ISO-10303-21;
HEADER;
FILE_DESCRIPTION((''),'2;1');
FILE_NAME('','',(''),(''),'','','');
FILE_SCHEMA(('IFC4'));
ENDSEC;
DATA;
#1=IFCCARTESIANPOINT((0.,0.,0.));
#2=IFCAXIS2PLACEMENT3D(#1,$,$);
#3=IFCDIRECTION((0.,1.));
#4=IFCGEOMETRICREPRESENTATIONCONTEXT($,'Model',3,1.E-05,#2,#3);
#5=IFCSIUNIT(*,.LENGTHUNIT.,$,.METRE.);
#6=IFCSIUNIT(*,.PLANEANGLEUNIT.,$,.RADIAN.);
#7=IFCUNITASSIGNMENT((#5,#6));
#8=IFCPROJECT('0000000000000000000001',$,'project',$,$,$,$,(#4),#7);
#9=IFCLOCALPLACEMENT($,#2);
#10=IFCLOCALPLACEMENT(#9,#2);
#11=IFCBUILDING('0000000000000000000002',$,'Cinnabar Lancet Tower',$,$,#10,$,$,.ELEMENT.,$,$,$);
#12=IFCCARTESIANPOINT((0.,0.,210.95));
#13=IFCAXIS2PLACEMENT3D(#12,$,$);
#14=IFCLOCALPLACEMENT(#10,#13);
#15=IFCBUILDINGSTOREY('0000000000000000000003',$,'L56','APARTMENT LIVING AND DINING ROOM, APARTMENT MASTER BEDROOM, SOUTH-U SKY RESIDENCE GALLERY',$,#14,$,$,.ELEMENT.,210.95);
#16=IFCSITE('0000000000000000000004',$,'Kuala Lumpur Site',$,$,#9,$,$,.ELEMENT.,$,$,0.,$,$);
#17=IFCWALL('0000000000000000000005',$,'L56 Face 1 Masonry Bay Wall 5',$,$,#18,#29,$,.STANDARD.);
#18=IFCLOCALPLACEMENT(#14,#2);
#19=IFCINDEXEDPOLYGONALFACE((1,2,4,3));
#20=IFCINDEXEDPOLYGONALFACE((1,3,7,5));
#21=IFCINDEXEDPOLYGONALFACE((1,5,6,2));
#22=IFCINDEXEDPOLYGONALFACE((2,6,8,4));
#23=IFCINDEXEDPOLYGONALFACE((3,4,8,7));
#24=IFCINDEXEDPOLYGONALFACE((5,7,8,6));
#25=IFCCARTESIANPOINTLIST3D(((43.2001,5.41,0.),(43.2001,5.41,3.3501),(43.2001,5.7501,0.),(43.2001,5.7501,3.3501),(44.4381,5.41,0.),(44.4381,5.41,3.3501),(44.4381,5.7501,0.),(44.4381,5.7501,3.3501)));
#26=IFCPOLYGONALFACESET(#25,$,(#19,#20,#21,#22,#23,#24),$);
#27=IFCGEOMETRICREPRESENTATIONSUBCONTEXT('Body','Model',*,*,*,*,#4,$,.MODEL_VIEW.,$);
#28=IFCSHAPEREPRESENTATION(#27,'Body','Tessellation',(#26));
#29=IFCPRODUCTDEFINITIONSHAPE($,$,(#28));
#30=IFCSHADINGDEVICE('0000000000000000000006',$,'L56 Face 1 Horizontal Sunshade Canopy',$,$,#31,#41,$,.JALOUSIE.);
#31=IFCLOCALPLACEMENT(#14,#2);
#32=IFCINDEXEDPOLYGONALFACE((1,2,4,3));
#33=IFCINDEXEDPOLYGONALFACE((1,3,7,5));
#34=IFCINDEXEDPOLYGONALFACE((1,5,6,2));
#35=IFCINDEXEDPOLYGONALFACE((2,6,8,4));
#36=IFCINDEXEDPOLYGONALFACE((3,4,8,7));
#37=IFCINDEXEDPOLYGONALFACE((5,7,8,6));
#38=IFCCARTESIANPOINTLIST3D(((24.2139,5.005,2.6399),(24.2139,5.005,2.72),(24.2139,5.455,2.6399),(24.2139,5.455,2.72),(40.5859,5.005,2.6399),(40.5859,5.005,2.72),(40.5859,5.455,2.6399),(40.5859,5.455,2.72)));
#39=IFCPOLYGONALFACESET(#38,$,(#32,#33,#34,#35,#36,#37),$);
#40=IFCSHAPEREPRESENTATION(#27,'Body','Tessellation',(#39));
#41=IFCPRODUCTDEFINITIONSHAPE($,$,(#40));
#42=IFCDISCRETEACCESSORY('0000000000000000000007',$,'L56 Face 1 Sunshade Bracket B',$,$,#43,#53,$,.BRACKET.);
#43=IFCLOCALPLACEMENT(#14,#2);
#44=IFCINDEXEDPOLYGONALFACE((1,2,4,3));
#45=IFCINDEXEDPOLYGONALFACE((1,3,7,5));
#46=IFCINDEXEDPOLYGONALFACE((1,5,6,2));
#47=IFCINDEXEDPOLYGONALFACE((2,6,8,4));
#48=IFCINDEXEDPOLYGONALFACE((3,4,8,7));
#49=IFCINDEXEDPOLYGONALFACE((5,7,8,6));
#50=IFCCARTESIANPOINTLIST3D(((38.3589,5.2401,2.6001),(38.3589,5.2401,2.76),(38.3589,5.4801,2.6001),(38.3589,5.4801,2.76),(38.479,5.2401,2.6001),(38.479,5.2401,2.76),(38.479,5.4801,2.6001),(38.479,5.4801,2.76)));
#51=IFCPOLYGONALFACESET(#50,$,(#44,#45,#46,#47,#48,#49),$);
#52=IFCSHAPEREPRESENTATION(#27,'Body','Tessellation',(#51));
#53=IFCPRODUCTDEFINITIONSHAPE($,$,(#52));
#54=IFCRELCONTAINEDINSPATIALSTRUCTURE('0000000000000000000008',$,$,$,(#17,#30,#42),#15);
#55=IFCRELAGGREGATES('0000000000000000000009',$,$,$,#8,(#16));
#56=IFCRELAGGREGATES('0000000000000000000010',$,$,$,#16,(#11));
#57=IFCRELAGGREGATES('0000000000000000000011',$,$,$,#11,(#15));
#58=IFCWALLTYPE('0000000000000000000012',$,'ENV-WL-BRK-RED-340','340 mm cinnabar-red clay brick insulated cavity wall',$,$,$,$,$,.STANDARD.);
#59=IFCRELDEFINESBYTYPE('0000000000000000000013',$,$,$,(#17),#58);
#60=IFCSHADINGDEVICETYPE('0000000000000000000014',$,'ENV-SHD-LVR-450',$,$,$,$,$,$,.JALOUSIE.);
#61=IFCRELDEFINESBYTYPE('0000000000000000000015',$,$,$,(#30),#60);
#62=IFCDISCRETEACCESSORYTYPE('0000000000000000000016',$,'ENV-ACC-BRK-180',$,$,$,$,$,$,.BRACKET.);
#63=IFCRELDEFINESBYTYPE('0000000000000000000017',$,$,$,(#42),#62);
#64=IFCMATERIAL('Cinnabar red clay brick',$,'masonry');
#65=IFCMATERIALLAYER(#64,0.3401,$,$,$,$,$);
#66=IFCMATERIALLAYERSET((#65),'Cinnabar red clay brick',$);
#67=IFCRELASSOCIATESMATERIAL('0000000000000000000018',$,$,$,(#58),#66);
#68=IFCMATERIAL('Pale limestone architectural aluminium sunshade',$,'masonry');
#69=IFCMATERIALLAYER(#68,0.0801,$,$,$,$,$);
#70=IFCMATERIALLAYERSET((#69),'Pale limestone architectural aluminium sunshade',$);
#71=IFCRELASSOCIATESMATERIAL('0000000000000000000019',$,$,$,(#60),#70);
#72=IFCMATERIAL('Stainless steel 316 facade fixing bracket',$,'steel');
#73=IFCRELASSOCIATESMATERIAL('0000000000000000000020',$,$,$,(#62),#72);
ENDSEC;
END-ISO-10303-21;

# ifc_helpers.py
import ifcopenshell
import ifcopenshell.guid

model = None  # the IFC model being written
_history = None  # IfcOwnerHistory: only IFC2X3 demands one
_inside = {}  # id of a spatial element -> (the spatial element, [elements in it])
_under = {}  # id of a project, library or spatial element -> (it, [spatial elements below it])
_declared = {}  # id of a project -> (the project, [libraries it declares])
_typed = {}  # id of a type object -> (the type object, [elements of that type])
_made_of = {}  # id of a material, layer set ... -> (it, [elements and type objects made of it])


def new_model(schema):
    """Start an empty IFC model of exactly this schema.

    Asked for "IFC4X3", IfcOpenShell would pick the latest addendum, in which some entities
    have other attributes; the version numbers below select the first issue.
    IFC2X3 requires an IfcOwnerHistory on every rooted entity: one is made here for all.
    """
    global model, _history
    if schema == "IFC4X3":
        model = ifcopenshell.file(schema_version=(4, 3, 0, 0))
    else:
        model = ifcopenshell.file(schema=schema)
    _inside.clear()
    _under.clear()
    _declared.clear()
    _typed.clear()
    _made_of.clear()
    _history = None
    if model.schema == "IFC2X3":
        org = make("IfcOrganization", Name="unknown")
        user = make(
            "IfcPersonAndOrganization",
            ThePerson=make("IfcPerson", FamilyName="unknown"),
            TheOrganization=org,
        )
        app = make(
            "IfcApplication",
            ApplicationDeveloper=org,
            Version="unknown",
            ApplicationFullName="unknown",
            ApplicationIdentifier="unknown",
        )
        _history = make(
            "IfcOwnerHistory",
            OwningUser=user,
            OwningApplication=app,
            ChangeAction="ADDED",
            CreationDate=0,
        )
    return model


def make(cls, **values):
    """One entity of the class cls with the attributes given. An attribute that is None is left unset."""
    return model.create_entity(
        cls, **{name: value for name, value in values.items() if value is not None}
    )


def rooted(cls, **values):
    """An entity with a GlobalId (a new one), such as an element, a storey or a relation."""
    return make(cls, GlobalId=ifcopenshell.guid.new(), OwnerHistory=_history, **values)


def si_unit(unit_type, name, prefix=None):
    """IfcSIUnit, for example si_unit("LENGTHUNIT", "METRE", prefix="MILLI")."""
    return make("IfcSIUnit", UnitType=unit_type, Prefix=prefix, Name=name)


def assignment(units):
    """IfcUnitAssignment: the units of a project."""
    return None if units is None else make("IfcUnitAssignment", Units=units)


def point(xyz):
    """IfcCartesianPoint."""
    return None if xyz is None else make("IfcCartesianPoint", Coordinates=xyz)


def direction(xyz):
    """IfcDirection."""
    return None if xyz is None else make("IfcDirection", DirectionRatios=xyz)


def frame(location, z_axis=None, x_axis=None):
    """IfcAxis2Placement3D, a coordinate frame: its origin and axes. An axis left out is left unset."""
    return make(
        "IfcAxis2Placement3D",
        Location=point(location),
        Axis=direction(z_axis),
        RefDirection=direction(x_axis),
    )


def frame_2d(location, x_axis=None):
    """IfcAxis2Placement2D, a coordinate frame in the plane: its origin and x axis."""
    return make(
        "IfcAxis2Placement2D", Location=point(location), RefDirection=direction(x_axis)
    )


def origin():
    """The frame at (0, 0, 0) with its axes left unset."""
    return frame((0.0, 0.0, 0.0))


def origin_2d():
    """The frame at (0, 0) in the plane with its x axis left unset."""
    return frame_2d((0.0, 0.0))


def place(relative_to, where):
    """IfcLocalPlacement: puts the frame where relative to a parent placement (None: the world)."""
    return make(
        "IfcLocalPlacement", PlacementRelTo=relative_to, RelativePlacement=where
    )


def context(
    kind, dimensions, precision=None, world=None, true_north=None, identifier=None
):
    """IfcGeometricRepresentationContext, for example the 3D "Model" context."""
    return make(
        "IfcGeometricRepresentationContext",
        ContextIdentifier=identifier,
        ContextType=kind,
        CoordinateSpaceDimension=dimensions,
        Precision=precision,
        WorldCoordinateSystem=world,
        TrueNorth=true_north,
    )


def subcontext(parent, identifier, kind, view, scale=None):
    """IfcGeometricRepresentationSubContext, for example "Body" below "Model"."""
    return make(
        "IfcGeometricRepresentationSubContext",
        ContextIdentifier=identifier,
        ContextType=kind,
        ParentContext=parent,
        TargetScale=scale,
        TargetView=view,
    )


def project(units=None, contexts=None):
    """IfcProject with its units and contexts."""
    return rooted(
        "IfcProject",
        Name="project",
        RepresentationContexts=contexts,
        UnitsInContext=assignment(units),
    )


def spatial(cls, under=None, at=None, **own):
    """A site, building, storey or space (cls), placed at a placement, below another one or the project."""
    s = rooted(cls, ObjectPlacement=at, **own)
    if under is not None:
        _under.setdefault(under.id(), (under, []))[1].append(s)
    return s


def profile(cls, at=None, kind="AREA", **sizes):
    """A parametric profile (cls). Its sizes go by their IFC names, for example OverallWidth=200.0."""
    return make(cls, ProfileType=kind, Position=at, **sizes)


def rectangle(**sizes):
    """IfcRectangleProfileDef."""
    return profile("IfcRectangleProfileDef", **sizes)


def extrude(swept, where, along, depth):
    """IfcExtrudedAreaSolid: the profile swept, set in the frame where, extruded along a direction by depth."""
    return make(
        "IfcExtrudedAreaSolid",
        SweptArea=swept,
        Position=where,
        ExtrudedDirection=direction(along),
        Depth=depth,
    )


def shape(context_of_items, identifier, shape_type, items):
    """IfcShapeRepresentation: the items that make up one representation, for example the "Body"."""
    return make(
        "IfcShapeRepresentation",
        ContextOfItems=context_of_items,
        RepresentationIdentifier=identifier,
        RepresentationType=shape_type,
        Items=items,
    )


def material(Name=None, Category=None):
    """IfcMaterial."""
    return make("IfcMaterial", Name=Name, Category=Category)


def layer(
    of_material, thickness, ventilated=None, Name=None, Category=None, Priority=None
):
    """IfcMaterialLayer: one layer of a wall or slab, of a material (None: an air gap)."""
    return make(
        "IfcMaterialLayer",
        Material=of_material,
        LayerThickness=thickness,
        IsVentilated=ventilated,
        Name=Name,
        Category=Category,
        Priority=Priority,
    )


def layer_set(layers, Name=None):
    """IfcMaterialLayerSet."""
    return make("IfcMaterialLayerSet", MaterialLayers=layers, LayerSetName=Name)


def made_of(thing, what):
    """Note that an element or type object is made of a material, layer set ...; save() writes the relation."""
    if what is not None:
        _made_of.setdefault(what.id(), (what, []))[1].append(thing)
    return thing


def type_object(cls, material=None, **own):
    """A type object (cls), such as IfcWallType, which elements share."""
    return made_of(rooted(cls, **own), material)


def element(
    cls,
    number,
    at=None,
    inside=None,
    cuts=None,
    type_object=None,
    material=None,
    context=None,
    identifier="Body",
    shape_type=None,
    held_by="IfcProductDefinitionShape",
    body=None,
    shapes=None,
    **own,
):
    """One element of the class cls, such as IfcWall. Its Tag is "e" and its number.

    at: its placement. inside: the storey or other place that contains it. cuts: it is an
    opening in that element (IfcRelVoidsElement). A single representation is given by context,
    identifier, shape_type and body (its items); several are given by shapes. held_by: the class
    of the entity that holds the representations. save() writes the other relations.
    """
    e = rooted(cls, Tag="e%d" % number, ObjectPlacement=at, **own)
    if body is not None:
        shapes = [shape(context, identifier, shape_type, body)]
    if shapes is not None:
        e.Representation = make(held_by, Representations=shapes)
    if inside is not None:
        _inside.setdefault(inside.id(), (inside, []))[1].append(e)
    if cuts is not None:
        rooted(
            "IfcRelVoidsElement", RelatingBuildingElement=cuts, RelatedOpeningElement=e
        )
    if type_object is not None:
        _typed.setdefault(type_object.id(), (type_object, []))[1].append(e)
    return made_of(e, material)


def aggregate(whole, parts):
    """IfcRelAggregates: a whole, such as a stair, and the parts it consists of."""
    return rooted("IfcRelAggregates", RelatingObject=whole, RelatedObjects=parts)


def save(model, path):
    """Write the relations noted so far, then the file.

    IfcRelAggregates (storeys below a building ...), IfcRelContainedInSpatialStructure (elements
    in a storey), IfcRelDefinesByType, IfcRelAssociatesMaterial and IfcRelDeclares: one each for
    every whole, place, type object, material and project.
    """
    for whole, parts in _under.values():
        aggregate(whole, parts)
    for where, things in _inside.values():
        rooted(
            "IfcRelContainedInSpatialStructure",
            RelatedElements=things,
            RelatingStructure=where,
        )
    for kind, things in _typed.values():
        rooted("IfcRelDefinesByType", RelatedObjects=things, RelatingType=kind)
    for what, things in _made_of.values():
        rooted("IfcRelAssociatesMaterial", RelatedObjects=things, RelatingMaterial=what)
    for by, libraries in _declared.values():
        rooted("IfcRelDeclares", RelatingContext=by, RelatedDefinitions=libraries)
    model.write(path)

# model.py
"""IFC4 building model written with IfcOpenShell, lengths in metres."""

from ifc_helpers import new_model, si_unit, direction, frame, frame_2d, origin, origin_2d, place, context, subcontext, project, spatial, rectangle, extrude, material, layer, layer_set, type_object, element, save


model = new_model("IFC4")

# Units and contexts
model_context = context("Model", 3, precision=1e-05, world=origin(), true_north=direction((0.0, 1.0)))
body_context = subcontext(model_context, "Body", "Model", "MODEL_VIEW")
ifc_project = project(units=[si_unit("LENGTHUNIT", "METRE"), si_unit("PLANEANGLEUNIT", "RADIAN")], contexts=[model_context])

# Site, building, storey
site_placement = place(None, origin())
site = spatial("IfcSite", under=ifc_project, at=site_placement, Name="Kuala Lumpur Site", CompositionType="ELEMENT", RefElevation=0.0)
building_placement = place(site_placement, origin())
building = spatial("IfcBuilding", under=site, at=building_placement, Name="Cinnabar Lancet Tower", CompositionType="ELEMENT")
storey_placement = place(building_placement, frame((0.0, 0.0, 210.95)))
storey = spatial("IfcBuildingStorey", under=building, at=storey_placement, Name="L56", Description="APARTMENT LIVING AND DINING ROOM, APARTMENT MASTER BEDROOM, SOUTH-U SKY RESIDENCE GALLERY", CompositionType="ELEMENT", Elevation=210.95)

# Shared definitions
ifc_material_1 = material(Name="Cinnabar red clay brick", Category="masonry")
ifc_layer_1 = layer(ifc_material_1, 0.3401)
ifc_layer_set_1 = layer_set([ifc_layer_1], Name="Cinnabar red clay brick")
wall_type_1 = type_object("IfcWallType", Name="ENV-WL-BRK-RED-340", Description="340 mm cinnabar-red clay brick insulated cavity wall", PredefinedType="STANDARD", material=ifc_layer_set_1)

# Wall
wall_1_placement = place(storey_placement, frame((43.2, 5.5801, 0.0), z_axis=(0.0, 0.0, 1.0), x_axis=(1.0, 0.0, 0.0)))
element("IfcWall", 1, at=wall_1_placement, inside=storey, type_object=wall_type_1, Name="L56 Face 1 Masonry Bay Wall 5", PredefinedType="STANDARD", context=body_context, shape_type="SweptSolid", body=[
    extrude(rectangle(XDim=1.238, YDim=0.3401, at=frame_2d((0.6191, 0.0))), origin(), (0.0, 0.0, 1.0), 3.3501),
])

# Shading device
ifc_material_2 = material(Name="Pale limestone architectural aluminium sunshade", Category="masonry")
ifc_layer_2 = layer(ifc_material_2, 0.0801)
ifc_layer_set_2 = layer_set([ifc_layer_2], Name="Pale limestone architectural aluminium sunshade")
shading_device_type = type_object("IfcShadingDeviceType", Name="ENV-SHD-LVR-450", PredefinedType="JALOUSIE", material=ifc_layer_set_2)
shading_device_placement = place(storey_placement, frame((32.3999, 5.23, 2.6399), z_axis=(0.0, 0.0, 1.0), x_axis=(1.0, 0.0, 0.0)))
element("IfcShadingDevice", 2, at=shading_device_placement, inside=storey, type_object=shading_device_type, Name="L56 Face 1 Horizontal Sunshade Canopy", PredefinedType="JALOUSIE", context=body_context, shape_type="SweptSolid", body=[
    extrude(rectangle(XDim=16.3721, YDim=0.45, at=origin_2d()), origin(), (0.0, 0.0, 1.0), 0.0801),
])

# Discrete accessory
ifc_material_3 = material(Name="Stainless steel 316 facade fixing bracket", Category="steel")
discrete_accessory_type = type_object("IfcDiscreteAccessoryType", Name="ENV-ACC-BRK-180", PredefinedType="BRACKET", material=ifc_material_3)
discrete_accessory_placement = place(storey_placement, frame((38.4189, 5.3601, 2.6001), z_axis=(0.0, 0.0, 1.0), x_axis=(1.0, 0.0, 0.0)))
element("IfcDiscreteAccessory", 3, at=discrete_accessory_placement, inside=storey, type_object=discrete_accessory_type, Name="L56 Face 1 Sunshade Bracket B", PredefinedType="BRACKET", context=body_context, shape_type="SweptSolid", body=[
    extrude(rectangle(XDim=0.1201, YDim=0.24, at=origin_2d()), origin(), (0.0, 0.0, 1.0), 0.1599),
])

save(model, "model.ifc")
